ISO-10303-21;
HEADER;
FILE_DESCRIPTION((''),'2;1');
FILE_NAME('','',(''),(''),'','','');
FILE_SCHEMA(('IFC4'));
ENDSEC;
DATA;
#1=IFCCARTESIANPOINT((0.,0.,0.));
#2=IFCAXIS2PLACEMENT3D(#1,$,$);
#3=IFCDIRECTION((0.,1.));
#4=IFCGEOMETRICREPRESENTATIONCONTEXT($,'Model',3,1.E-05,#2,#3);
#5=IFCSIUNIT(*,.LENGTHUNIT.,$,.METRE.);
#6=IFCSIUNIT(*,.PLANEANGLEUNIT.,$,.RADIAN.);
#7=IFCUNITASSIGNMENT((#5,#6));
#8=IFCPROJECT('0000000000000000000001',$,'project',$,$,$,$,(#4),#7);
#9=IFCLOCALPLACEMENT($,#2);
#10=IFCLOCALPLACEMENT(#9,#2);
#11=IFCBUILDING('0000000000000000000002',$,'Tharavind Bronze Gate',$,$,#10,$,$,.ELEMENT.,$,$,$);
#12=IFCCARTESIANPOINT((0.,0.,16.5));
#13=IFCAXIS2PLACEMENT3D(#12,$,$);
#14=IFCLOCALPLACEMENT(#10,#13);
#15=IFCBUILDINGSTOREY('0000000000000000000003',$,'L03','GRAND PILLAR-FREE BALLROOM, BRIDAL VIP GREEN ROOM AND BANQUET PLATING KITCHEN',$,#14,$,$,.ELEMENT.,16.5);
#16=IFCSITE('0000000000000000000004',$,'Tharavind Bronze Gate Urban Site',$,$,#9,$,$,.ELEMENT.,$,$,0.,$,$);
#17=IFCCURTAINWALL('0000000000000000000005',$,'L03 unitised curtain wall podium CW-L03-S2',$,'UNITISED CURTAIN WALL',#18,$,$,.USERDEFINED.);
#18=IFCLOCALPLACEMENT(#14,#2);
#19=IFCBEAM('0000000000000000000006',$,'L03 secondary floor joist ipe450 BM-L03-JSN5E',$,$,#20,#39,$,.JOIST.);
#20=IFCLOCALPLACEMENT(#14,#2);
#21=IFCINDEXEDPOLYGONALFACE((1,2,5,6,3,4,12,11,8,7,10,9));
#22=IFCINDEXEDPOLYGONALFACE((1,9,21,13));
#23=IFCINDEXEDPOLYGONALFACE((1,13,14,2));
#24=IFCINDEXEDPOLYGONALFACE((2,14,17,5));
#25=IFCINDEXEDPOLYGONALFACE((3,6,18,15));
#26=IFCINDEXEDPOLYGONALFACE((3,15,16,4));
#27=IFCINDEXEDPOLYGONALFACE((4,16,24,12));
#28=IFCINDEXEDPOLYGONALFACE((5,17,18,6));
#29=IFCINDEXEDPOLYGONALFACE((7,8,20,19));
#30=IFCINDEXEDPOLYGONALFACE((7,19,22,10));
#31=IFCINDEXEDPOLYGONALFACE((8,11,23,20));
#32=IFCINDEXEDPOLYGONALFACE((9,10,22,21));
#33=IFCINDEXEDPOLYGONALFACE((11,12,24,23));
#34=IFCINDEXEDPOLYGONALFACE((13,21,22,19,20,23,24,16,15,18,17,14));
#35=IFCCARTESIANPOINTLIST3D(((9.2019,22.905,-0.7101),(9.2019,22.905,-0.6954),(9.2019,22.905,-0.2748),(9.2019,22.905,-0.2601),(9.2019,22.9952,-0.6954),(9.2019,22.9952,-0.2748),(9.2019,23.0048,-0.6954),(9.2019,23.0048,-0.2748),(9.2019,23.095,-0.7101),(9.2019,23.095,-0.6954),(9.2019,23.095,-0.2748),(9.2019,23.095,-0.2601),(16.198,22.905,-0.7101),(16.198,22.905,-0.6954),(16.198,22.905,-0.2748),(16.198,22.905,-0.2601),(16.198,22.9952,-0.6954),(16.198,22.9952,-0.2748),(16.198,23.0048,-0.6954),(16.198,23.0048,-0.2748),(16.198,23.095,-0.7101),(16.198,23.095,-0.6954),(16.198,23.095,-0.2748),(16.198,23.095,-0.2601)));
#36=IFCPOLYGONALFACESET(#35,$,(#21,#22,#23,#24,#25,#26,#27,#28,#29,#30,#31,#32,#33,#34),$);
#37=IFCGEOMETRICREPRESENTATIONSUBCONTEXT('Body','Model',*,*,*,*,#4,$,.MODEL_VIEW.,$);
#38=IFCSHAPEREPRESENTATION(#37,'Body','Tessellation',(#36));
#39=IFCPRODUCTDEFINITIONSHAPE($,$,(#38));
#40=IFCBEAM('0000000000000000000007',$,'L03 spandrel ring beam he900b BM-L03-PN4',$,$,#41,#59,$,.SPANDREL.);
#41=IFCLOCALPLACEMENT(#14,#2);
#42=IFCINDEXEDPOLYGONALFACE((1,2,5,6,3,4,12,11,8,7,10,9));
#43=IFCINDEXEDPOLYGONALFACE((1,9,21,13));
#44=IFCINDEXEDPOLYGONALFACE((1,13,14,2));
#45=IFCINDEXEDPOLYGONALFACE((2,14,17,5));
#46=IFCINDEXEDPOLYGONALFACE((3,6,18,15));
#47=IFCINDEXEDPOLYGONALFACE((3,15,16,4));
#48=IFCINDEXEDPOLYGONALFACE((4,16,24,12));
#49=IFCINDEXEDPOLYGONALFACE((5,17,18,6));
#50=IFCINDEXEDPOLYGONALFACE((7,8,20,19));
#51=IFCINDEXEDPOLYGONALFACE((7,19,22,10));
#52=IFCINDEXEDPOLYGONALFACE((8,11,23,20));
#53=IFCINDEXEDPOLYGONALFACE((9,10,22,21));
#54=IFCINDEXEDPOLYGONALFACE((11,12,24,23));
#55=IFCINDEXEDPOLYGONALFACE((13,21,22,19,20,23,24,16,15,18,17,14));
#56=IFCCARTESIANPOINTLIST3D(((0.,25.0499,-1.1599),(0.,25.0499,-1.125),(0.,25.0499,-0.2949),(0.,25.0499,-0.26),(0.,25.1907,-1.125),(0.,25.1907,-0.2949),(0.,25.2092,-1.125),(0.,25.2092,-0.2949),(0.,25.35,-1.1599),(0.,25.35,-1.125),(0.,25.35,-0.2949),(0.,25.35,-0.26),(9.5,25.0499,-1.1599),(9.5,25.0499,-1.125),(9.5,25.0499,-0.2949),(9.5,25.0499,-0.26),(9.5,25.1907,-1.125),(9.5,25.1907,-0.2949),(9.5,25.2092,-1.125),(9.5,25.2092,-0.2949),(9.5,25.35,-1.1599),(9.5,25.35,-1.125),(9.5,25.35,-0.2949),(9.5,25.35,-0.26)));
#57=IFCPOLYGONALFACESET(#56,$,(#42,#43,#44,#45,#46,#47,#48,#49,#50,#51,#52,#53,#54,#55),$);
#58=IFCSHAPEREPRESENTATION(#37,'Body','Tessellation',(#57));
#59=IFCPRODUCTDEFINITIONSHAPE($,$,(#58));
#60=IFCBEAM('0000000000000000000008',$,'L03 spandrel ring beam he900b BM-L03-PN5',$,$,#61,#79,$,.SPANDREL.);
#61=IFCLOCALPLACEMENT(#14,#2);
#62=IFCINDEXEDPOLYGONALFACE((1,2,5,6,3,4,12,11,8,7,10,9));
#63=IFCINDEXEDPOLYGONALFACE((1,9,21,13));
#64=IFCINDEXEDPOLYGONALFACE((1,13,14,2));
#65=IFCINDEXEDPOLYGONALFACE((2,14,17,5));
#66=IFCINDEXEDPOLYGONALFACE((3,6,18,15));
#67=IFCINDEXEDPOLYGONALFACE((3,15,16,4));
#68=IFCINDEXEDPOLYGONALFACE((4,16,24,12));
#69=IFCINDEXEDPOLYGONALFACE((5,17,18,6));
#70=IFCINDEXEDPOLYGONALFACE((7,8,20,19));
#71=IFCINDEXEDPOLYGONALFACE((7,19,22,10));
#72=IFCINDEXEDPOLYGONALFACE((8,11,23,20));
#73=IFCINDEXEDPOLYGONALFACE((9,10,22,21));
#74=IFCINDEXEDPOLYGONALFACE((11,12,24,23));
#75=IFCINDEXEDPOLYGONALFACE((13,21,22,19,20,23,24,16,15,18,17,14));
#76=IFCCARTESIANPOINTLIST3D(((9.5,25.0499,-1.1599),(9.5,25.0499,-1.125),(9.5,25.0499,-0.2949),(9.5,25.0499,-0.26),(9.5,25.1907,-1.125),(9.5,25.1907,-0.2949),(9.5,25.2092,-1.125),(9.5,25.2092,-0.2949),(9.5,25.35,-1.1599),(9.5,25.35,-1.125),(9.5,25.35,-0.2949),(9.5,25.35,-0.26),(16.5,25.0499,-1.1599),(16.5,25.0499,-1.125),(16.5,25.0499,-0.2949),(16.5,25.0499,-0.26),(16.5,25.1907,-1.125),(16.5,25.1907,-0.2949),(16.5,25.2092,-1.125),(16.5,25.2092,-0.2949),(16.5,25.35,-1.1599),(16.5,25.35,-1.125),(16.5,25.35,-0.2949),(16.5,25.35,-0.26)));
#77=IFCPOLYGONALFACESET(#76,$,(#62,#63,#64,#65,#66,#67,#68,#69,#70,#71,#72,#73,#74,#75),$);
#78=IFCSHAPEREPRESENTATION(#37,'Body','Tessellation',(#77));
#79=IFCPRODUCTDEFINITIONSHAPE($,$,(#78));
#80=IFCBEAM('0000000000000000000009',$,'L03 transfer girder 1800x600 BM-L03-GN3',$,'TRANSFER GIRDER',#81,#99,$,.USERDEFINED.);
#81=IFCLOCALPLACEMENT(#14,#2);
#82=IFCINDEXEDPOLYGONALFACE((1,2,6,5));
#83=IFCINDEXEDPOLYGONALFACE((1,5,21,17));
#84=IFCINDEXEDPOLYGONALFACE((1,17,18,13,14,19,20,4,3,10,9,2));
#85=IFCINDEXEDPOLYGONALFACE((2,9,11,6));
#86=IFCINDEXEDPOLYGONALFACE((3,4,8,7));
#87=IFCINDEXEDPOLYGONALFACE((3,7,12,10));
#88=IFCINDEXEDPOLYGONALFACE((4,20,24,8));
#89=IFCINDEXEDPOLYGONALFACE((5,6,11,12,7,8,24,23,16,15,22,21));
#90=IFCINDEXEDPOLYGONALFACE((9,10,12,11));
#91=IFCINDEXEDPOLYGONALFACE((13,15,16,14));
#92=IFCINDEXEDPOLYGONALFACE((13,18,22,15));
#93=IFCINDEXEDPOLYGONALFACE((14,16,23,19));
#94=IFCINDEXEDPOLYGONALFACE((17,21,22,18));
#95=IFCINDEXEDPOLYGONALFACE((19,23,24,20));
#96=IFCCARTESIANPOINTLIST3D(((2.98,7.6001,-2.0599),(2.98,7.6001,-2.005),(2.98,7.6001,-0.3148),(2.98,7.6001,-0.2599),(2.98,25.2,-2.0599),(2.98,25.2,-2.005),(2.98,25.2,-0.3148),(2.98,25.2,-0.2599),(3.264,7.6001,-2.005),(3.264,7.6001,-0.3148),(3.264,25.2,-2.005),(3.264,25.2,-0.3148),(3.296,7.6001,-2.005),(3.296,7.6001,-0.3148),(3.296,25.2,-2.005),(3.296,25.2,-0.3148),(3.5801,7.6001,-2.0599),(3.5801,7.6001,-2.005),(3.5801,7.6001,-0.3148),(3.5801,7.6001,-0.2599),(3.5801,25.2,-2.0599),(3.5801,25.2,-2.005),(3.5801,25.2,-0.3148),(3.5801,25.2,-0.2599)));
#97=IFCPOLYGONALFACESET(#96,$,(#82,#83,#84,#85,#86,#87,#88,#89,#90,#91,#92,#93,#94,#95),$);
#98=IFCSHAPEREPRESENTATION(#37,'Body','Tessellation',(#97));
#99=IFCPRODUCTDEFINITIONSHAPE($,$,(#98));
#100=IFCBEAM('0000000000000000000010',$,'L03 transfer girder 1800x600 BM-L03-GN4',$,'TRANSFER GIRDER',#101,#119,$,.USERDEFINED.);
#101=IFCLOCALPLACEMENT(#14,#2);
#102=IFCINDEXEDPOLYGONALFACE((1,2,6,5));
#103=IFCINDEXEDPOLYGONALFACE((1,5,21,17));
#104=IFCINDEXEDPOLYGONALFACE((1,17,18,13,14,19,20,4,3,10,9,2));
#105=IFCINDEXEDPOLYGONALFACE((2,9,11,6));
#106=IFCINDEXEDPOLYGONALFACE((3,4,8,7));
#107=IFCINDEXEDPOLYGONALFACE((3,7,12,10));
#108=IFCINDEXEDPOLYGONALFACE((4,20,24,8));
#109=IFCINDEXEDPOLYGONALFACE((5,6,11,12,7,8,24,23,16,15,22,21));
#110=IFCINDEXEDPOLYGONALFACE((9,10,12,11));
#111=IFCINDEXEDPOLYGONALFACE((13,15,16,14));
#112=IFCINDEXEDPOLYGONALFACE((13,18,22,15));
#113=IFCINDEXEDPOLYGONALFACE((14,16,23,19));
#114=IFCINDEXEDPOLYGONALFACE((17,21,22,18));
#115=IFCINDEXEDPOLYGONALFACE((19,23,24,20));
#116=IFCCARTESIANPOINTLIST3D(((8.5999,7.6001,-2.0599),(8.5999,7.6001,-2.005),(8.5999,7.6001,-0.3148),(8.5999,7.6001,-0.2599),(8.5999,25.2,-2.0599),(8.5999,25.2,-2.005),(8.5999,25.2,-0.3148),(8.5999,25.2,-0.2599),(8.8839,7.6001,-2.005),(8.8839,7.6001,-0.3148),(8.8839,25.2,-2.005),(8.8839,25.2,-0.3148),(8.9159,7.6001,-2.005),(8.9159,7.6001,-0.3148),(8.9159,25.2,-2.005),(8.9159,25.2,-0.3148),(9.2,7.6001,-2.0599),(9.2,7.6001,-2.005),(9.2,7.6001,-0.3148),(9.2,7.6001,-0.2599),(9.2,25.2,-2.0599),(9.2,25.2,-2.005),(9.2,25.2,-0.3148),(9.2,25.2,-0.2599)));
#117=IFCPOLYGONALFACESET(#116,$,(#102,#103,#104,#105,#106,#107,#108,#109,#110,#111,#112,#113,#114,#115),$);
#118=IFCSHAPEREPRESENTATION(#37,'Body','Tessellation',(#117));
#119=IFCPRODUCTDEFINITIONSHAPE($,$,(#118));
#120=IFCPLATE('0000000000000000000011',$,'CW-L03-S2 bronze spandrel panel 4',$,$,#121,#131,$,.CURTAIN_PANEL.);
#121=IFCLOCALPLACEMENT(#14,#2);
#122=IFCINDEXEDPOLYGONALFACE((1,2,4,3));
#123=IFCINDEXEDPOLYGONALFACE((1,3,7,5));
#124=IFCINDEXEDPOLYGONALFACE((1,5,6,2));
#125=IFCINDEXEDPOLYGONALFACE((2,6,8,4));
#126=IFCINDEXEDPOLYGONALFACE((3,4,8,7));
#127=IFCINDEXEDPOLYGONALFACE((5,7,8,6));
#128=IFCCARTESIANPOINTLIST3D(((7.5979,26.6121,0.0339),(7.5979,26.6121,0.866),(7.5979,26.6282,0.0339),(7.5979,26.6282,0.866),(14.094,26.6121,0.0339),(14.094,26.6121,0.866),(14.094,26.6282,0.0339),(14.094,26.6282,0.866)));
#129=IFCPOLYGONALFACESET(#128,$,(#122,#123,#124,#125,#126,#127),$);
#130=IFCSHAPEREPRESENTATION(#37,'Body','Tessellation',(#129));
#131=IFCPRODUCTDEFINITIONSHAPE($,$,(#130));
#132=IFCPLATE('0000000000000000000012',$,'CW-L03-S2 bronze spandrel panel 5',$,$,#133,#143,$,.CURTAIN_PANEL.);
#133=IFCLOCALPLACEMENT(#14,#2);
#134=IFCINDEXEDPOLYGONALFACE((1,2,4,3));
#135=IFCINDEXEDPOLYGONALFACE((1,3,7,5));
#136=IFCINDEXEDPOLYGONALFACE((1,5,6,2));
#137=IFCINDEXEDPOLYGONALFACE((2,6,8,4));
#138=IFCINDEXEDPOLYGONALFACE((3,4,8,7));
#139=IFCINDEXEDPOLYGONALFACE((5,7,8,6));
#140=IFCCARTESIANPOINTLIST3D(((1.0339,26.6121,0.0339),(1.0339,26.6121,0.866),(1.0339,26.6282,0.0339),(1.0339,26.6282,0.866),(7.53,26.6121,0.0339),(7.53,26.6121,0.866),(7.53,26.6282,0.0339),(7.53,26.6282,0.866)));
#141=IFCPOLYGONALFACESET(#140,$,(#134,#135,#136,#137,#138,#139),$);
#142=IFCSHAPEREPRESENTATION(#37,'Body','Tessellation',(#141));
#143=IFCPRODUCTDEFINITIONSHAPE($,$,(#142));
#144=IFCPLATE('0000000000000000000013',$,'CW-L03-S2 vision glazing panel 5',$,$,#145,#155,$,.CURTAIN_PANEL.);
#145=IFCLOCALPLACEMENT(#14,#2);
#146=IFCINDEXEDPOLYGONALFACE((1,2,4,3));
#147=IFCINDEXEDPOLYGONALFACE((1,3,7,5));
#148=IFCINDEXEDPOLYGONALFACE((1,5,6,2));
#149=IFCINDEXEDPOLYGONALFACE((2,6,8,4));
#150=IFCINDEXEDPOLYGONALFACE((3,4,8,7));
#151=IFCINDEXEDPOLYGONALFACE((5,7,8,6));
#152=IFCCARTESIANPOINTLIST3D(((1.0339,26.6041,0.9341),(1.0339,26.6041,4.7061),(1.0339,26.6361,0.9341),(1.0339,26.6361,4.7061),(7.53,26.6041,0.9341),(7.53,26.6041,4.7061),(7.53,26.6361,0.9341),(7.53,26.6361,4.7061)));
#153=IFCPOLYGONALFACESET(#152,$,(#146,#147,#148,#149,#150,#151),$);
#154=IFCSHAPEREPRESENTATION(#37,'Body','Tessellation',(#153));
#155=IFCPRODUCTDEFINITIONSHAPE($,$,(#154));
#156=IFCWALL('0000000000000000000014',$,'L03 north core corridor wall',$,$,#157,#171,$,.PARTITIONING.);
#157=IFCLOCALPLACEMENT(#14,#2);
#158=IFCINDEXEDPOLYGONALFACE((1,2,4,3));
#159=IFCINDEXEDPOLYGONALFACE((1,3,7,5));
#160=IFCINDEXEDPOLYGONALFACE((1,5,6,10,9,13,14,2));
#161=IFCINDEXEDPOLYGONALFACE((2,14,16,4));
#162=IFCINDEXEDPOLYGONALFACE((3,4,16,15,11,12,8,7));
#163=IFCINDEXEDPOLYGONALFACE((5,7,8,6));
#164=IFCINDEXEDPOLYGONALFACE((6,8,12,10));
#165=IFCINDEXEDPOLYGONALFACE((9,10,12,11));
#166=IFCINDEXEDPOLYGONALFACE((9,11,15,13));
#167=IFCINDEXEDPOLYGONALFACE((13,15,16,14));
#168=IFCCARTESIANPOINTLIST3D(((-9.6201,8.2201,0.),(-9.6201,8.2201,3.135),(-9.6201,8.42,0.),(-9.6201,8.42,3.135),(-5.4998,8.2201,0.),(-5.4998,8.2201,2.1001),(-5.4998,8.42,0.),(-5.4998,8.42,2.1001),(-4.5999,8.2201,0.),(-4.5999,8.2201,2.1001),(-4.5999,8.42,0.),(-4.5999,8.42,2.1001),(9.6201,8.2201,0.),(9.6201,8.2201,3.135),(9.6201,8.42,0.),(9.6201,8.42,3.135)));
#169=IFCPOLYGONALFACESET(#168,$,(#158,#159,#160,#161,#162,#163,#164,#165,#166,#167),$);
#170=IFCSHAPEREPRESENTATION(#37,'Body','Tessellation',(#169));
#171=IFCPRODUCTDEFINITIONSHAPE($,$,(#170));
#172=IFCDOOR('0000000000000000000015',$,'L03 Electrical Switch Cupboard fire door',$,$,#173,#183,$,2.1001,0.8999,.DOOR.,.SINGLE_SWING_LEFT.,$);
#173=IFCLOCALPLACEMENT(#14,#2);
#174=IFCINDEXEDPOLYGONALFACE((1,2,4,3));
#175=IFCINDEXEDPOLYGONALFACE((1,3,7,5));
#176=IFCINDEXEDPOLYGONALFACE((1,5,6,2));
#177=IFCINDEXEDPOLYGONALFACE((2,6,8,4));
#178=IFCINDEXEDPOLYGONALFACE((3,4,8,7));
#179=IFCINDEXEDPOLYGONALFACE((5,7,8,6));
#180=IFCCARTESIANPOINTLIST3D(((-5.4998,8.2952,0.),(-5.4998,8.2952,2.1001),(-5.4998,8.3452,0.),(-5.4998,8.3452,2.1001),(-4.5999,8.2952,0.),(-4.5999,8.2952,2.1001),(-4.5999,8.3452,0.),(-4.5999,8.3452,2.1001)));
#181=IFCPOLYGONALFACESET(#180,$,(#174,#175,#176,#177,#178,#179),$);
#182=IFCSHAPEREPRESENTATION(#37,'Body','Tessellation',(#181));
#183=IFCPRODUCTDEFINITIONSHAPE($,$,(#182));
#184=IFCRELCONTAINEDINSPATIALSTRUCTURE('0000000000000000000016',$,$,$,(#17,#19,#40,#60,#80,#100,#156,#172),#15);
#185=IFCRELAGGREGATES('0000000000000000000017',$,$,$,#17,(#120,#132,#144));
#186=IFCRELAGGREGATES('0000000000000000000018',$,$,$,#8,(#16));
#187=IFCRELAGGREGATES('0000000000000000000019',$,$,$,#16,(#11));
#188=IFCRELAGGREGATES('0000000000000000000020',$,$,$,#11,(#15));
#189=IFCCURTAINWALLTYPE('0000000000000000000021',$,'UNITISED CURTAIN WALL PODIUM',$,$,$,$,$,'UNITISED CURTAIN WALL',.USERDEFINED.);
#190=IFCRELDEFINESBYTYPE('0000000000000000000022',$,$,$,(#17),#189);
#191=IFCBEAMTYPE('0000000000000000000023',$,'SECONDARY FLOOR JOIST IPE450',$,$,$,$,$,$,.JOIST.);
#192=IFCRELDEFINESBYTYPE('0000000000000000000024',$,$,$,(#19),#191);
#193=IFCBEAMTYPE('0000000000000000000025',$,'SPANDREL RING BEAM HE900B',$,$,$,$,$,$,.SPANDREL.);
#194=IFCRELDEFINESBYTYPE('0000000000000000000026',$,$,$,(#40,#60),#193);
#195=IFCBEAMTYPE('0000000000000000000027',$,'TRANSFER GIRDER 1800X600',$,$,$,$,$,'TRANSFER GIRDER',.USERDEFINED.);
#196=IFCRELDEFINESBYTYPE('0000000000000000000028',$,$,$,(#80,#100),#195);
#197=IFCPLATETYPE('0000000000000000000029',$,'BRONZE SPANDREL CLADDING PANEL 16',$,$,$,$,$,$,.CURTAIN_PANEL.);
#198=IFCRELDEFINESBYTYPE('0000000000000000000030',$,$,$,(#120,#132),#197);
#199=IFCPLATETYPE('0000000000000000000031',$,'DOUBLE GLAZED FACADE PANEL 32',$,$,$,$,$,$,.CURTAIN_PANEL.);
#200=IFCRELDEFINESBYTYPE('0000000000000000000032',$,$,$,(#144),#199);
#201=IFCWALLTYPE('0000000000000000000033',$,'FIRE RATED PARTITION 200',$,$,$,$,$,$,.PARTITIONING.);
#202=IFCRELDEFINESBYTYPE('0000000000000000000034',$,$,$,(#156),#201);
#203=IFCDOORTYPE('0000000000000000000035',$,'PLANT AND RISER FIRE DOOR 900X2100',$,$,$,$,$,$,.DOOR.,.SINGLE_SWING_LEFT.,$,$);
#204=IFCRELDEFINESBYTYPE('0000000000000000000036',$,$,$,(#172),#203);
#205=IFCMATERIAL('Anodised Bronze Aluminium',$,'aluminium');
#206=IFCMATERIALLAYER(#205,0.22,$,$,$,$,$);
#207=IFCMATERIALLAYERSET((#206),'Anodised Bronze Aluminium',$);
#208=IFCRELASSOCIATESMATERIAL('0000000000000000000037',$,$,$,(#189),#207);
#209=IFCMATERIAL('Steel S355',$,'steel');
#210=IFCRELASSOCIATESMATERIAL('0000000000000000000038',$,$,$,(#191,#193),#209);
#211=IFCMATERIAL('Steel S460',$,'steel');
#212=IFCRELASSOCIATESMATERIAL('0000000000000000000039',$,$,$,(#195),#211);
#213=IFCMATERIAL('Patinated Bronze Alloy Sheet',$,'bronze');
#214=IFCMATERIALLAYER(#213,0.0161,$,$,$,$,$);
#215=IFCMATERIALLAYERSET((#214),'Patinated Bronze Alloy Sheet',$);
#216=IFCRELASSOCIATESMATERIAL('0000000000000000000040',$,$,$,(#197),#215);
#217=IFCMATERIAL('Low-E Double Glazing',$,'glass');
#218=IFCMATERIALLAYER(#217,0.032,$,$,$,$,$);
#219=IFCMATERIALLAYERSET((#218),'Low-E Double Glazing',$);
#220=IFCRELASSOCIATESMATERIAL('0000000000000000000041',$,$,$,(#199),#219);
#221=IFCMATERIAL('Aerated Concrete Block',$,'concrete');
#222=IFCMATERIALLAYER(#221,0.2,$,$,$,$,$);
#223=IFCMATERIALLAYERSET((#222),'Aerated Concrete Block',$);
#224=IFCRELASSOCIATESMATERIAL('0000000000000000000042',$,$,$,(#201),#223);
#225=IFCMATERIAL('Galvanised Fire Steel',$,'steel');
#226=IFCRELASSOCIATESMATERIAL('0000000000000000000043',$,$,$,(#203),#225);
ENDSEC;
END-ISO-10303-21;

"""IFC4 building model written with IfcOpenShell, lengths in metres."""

from ifc_helpers import new_model, si_unit, direction, frame, frame_2d, origin, origin_2d, place, context, subcontext, project, spatial, rectangle, i_section, extrude, material, layer, layer_set, material_profile, profile_set, type_object, element, fill, aggregate, save


model = new_model("IFC4")

# Units and contexts
model_context = context("Model", 3, precision=1e-05, world=origin(), true_north=direction((0.0, 1.0)))
body_context = subcontext(model_context, "Body", "Model", "MODEL_VIEW")
ifc_project = project(units=[si_unit("LENGTHUNIT", "METRE"), si_unit("PLANEANGLEUNIT", "RADIAN")], contexts=[model_context])

# Site, building, storey
site_placement = place(None, origin())
site = spatial("IfcSite", under=ifc_project, at=site_placement, Name="Tharavind Bronze Gate Urban Site", CompositionType="ELEMENT", RefElevation=0.0)
building_placement = place(site_placement, origin())
building = spatial("IfcBuilding", under=site, at=building_placement, Name="Tharavind Bronze Gate", CompositionType="ELEMENT")
storey_placement = place(building_placement, frame((0.0, 0.0, 16.5)))
storey = spatial("IfcBuildingStorey", under=building, at=storey_placement, Name="L03", Description="GRAND PILLAR-FREE BALLROOM, BRIDAL VIP GREEN ROOM AND BANQUET PLATING KITCHEN", CompositionType="ELEMENT", Elevation=16.5)

# Shared definitions
ifc_material_1 = material(Name="Steel S460", Category="steel")

# Curtain wall
ifc_material_2 = material(Name="Anodised Bronze Aluminium", Category="aluminium")
ifc_layer_1 = layer(ifc_material_2, 0.22)
ifc_layer_set_1 = layer_set([ifc_layer_1], Name="Anodised Bronze Aluminium")
curtain_wall_type = type_object("IfcCurtainWallType", Name="UNITISED CURTAIN WALL PODIUM", ElementType="UNITISED CURTAIN WALL", PredefinedType="USERDEFINED", material=ifc_layer_set_1)
curtain_wall_placement = place(storey_placement, origin())
curtain_wall = element("IfcCurtainWall", 1, at=curtain_wall_placement, inside=storey, type_object=curtain_wall_type, Name="L03 unitised curtain wall podium CW-L03-S2", ObjectType="UNITISED CURTAIN WALL", PredefinedType="USERDEFINED")

# Beams
ifc_material_3 = material(Name="Steel S355", Category="steel")
ifc_material_profile_1 = material_profile(ifc_material_3, i_section(OverallWidth=0.1899, OverallDepth=0.45, WebThickness=0.0095, FlangeThickness=0.0146, at=origin_2d()), Name="IPE450")
ifc_profile_set_1 = profile_set([ifc_material_profile_1], Name="Steel S355")
beam_type_1 = type_object("IfcBeamType", Name="SECONDARY FLOOR JOIST IPE450", PredefinedType="JOIST", material=ifc_profile_set_1)
beam_1_placement = place(storey_placement, frame((9.2019, 23.0, -0.4851), z_axis=(1.0, 0.0, 0.0), x_axis=(0.0, 1.0, 0.0)))
element("IfcBeam", 2, at=beam_1_placement, inside=storey, type_object=beam_type_1, Name="L03 secondary floor joist ipe450 BM-L03-JSN5E", PredefinedType="JOIST", context=body_context, shape_type="SweptSolid", body=[
    extrude(i_section(OverallWidth=0.1899, OverallDepth=0.45, WebThickness=0.0095, FlangeThickness=0.0146, at=origin_2d()), origin(), (0.0, 0.0, 1.0), 6.9961),
])
ifc_material_profile_2 = material_profile(ifc_material_3, i_section(OverallWidth=0.3, OverallDepth=0.8999, WebThickness=0.0186, FlangeThickness=0.0349, at=origin_2d()), Name="HE900B")
ifc_profile_set_2 = profile_set([ifc_material_profile_2], Name="Steel S355")
beam_type_2 = type_object("IfcBeamType", Name="SPANDREL RING BEAM HE900B", PredefinedType="SPANDREL", material=ifc_profile_set_2)
beam_2_placement = place(storey_placement, frame((0.0, 25.2, -0.71), z_axis=(1.0, 0.0, 0.0), x_axis=(0.0, 1.0, 0.0)))
element("IfcBeam", 3, at=beam_2_placement, inside=storey, type_object=beam_type_2, Name="L03 spandrel ring beam he900b BM-L03-PN4", PredefinedType="SPANDREL", context=body_context, shape_type="SweptSolid", body=[
    extrude(i_section(OverallWidth=0.3, OverallDepth=0.8999, WebThickness=0.0186, FlangeThickness=0.0349, at=origin_2d()), origin(), (0.0, 0.0, 1.0), 9.5),
])
beam_3_placement = place(storey_placement, frame((9.5, 25.2, -0.71), z_axis=(1.0, 0.0, 0.0), x_axis=(0.0, 1.0, 0.0)))
element("IfcBeam", 4, at=beam_3_placement, inside=storey, type_object=beam_type_2, Name="L03 spandrel ring beam he900b BM-L03-PN5", PredefinedType="SPANDREL", context=body_context, shape_type="SweptSolid", body=[
    extrude(i_section(OverallWidth=0.3, OverallDepth=0.8999, WebThickness=0.0186, FlangeThickness=0.0349, at=origin_2d()), origin(), (0.0, 0.0, 1.0), 7.0),
])
ifc_material_profile_3 = material_profile(ifc_material_1, i_section(OverallWidth=0.6001, OverallDepth=1.8, WebThickness=0.032, FlangeThickness=0.0549, at=origin_2d()), Name="PG1800X600")
ifc_profile_set_3 = profile_set([ifc_material_profile_3], Name="Steel S460")
beam_type_3 = type_object("IfcBeamType", Name="TRANSFER GIRDER 1800X600", ElementType="TRANSFER GIRDER", PredefinedType="USERDEFINED", material=ifc_profile_set_3)
for number, where, z_axis, x_axis, name in (
    (5, (3.28, 25.2, -1.1599), (0.0, -1.0, 0.0), (1.0, 0.0, 0.0), "L03 transfer girder 1800x600 BM-L03-GN3"),
    (6, (8.8999, 25.2, -1.1599), (0.0, -1.0, 0.0), (1.0, 0.0, 0.0), "L03 transfer girder 1800x600 BM-L03-GN4"),
):
    element("IfcBeam", number, at=place(storey_placement, frame(where, z_axis=z_axis, x_axis=x_axis)), inside=storey, type_object=beam_type_3, Name=name, ObjectType="TRANSFER GIRDER", PredefinedType="USERDEFINED", context=body_context, shape_type="SweptSolid", body=[
        extrude(i_section(OverallWidth=0.6001, OverallDepth=1.8, WebThickness=0.032, FlangeThickness=0.0549, at=origin_2d()), origin(), (0.0, 0.0, 1.0), 17.5999),
    ])

# Plates
ifc_material_4 = material(Name="Patinated Bronze Alloy Sheet", Category="bronze")
ifc_layer_2 = layer(ifc_material_4, 0.0161)
ifc_layer_set_2 = layer_set([ifc_layer_2], Name="Patinated Bronze Alloy Sheet")
plate_type_1 = type_object("IfcPlateType", Name="BRONZE SPANDREL CLADDING PANEL 16", PredefinedType="CURTAIN_PANEL", material=ifc_layer_set_2)
plate_1_placement = place(storey_placement, frame((10.8459, 26.6201, 0.0339), z_axis=(0.0, 0.0, 1.0), x_axis=(-1.0, 0.0, 0.0)))
plate_1 = element("IfcPlate", 7, at=plate_1_placement, type_object=plate_type_1, Name="CW-L03-S2 bronze spandrel panel 4", PredefinedType="CURTAIN_PANEL", context=body_context, shape_type="SweptSolid", body=[
    extrude(rectangle(XDim=6.4961, YDim=0.0161, at=origin_2d()), origin(), (0.0, 0.0, 1.0), 0.832),
])
plate_2_placement = place(storey_placement, frame((4.282, 26.6201, 0.0339), z_axis=(0.0, 0.0, 1.0), x_axis=(-1.0, 0.0, 0.0)))
plate_2 = element("IfcPlate", 8, at=plate_2_placement, type_object=plate_type_1, Name="CW-L03-S2 bronze spandrel panel 5", PredefinedType="CURTAIN_PANEL", context=body_context, shape_type="SweptSolid", body=[
    extrude(rectangle(XDim=6.4961, YDim=0.0161, at=origin_2d()), origin(), (0.0, 0.0, 1.0), 0.832),
])
ifc_material_5 = material(Name="Low-E Double Glazing", Category="glass")
ifc_layer_3 = layer(ifc_material_5, 0.032)
ifc_layer_set_3 = layer_set([ifc_layer_3], Name="Low-E Double Glazing")
plate_type_2 = type_object("IfcPlateType", Name="DOUBLE GLAZED FACADE PANEL 32", PredefinedType="CURTAIN_PANEL", material=ifc_layer_set_3)
plate_3_placement = place(storey_placement, frame((4.282, 26.6201, 0.9341), z_axis=(0.0, 0.0, 1.0), x_axis=(-1.0, 0.0, 0.0)))
plate_3 = element("IfcPlate", 9, at=plate_3_placement, type_object=plate_type_2, Name="CW-L03-S2 vision glazing panel 5", PredefinedType="CURTAIN_PANEL", context=body_context, shape_type="SweptSolid", body=[
    extrude(rectangle(XDim=6.4961, YDim=0.032, at=origin_2d()), origin(), (0.0, 0.0, 1.0), 3.772),
])
aggregate(curtain_wall, [plate_1, plate_2, plate_3])

# Wall, opening, door
ifc_material_6 = material(Name="Aerated Concrete Block", Category="concrete")
ifc_layer_4 = layer(ifc_material_6, 0.2)
ifc_layer_set_4 = layer_set([ifc_layer_4], Name="Aerated Concrete Block")
wall_type = type_object("IfcWallType", Name="FIRE RATED PARTITION 200", PredefinedType="PARTITIONING", material=ifc_layer_set_4)
wall_placement = place(storey_placement, frame((9.6201, 8.3201, 0.0), z_axis=(0.0, 0.0, 1.0), x_axis=(-1.0, 0.0, 0.0)))
wall = element("IfcWall", 10, at=wall_placement, inside=storey, type_object=wall_type, Name="L03 north core corridor wall", PredefinedType="PARTITIONING", context=body_context, shape_type="SweptSolid", body=[
    extrude(rectangle(XDim=19.2402, YDim=0.2, at=frame_2d((9.6201, 0.0))), origin(), (0.0, 0.0, 1.0), 3.135),
])
opening_placement = place(wall_placement, frame((14.22, 0.0, 0.0)))
opening = element("IfcOpeningElement", 11, at=opening_placement, cuts=wall, PredefinedType="OPENING", context=body_context, shape_type="SweptSolid", body=[
    extrude(rectangle(XDim=0.8999, YDim=2.1001, at=frame_2d((0.45, 1.05))), frame((0.0, 0.1101, 0.0), z_axis=(0.0, -1.0, 0.0), x_axis=(1.0, 0.0, 0.0)), (0.0, 0.0, 1.0), 0.22),
])
ifc_material_7 = material(Name="Galvanised Fire Steel", Category="steel")
door_type = type_object("IfcDoorType", Name="PLANT AND RISER FIRE DOOR 900X2100", OperationType="SINGLE_SWING_LEFT", PredefinedType="DOOR", material=ifc_material_7)
door_placement = place(opening_placement, origin())
door = element("IfcDoor", 12, at=door_placement, inside=storey, type_object=door_type, Name="L03 Electrical Switch Cupboard fire door", OperationType="SINGLE_SWING_LEFT", OverallHeight=2.1001, OverallWidth=0.8999, PredefinedType="DOOR", context=body_context, shape_type="SweptSolid", body=[
    extrude(rectangle(XDim=0.8999, YDim=2.1001, at=frame_2d((0.45, 1.05))), frame((0.0, 0.0249, 0.0), z_axis=(0.0, -1.0, 0.0), x_axis=(1.0, 0.0, 0.0)), (0.0, 0.0, 1.0), 0.05),
])
fill(opening, door)

save(model, "model.ifc")
